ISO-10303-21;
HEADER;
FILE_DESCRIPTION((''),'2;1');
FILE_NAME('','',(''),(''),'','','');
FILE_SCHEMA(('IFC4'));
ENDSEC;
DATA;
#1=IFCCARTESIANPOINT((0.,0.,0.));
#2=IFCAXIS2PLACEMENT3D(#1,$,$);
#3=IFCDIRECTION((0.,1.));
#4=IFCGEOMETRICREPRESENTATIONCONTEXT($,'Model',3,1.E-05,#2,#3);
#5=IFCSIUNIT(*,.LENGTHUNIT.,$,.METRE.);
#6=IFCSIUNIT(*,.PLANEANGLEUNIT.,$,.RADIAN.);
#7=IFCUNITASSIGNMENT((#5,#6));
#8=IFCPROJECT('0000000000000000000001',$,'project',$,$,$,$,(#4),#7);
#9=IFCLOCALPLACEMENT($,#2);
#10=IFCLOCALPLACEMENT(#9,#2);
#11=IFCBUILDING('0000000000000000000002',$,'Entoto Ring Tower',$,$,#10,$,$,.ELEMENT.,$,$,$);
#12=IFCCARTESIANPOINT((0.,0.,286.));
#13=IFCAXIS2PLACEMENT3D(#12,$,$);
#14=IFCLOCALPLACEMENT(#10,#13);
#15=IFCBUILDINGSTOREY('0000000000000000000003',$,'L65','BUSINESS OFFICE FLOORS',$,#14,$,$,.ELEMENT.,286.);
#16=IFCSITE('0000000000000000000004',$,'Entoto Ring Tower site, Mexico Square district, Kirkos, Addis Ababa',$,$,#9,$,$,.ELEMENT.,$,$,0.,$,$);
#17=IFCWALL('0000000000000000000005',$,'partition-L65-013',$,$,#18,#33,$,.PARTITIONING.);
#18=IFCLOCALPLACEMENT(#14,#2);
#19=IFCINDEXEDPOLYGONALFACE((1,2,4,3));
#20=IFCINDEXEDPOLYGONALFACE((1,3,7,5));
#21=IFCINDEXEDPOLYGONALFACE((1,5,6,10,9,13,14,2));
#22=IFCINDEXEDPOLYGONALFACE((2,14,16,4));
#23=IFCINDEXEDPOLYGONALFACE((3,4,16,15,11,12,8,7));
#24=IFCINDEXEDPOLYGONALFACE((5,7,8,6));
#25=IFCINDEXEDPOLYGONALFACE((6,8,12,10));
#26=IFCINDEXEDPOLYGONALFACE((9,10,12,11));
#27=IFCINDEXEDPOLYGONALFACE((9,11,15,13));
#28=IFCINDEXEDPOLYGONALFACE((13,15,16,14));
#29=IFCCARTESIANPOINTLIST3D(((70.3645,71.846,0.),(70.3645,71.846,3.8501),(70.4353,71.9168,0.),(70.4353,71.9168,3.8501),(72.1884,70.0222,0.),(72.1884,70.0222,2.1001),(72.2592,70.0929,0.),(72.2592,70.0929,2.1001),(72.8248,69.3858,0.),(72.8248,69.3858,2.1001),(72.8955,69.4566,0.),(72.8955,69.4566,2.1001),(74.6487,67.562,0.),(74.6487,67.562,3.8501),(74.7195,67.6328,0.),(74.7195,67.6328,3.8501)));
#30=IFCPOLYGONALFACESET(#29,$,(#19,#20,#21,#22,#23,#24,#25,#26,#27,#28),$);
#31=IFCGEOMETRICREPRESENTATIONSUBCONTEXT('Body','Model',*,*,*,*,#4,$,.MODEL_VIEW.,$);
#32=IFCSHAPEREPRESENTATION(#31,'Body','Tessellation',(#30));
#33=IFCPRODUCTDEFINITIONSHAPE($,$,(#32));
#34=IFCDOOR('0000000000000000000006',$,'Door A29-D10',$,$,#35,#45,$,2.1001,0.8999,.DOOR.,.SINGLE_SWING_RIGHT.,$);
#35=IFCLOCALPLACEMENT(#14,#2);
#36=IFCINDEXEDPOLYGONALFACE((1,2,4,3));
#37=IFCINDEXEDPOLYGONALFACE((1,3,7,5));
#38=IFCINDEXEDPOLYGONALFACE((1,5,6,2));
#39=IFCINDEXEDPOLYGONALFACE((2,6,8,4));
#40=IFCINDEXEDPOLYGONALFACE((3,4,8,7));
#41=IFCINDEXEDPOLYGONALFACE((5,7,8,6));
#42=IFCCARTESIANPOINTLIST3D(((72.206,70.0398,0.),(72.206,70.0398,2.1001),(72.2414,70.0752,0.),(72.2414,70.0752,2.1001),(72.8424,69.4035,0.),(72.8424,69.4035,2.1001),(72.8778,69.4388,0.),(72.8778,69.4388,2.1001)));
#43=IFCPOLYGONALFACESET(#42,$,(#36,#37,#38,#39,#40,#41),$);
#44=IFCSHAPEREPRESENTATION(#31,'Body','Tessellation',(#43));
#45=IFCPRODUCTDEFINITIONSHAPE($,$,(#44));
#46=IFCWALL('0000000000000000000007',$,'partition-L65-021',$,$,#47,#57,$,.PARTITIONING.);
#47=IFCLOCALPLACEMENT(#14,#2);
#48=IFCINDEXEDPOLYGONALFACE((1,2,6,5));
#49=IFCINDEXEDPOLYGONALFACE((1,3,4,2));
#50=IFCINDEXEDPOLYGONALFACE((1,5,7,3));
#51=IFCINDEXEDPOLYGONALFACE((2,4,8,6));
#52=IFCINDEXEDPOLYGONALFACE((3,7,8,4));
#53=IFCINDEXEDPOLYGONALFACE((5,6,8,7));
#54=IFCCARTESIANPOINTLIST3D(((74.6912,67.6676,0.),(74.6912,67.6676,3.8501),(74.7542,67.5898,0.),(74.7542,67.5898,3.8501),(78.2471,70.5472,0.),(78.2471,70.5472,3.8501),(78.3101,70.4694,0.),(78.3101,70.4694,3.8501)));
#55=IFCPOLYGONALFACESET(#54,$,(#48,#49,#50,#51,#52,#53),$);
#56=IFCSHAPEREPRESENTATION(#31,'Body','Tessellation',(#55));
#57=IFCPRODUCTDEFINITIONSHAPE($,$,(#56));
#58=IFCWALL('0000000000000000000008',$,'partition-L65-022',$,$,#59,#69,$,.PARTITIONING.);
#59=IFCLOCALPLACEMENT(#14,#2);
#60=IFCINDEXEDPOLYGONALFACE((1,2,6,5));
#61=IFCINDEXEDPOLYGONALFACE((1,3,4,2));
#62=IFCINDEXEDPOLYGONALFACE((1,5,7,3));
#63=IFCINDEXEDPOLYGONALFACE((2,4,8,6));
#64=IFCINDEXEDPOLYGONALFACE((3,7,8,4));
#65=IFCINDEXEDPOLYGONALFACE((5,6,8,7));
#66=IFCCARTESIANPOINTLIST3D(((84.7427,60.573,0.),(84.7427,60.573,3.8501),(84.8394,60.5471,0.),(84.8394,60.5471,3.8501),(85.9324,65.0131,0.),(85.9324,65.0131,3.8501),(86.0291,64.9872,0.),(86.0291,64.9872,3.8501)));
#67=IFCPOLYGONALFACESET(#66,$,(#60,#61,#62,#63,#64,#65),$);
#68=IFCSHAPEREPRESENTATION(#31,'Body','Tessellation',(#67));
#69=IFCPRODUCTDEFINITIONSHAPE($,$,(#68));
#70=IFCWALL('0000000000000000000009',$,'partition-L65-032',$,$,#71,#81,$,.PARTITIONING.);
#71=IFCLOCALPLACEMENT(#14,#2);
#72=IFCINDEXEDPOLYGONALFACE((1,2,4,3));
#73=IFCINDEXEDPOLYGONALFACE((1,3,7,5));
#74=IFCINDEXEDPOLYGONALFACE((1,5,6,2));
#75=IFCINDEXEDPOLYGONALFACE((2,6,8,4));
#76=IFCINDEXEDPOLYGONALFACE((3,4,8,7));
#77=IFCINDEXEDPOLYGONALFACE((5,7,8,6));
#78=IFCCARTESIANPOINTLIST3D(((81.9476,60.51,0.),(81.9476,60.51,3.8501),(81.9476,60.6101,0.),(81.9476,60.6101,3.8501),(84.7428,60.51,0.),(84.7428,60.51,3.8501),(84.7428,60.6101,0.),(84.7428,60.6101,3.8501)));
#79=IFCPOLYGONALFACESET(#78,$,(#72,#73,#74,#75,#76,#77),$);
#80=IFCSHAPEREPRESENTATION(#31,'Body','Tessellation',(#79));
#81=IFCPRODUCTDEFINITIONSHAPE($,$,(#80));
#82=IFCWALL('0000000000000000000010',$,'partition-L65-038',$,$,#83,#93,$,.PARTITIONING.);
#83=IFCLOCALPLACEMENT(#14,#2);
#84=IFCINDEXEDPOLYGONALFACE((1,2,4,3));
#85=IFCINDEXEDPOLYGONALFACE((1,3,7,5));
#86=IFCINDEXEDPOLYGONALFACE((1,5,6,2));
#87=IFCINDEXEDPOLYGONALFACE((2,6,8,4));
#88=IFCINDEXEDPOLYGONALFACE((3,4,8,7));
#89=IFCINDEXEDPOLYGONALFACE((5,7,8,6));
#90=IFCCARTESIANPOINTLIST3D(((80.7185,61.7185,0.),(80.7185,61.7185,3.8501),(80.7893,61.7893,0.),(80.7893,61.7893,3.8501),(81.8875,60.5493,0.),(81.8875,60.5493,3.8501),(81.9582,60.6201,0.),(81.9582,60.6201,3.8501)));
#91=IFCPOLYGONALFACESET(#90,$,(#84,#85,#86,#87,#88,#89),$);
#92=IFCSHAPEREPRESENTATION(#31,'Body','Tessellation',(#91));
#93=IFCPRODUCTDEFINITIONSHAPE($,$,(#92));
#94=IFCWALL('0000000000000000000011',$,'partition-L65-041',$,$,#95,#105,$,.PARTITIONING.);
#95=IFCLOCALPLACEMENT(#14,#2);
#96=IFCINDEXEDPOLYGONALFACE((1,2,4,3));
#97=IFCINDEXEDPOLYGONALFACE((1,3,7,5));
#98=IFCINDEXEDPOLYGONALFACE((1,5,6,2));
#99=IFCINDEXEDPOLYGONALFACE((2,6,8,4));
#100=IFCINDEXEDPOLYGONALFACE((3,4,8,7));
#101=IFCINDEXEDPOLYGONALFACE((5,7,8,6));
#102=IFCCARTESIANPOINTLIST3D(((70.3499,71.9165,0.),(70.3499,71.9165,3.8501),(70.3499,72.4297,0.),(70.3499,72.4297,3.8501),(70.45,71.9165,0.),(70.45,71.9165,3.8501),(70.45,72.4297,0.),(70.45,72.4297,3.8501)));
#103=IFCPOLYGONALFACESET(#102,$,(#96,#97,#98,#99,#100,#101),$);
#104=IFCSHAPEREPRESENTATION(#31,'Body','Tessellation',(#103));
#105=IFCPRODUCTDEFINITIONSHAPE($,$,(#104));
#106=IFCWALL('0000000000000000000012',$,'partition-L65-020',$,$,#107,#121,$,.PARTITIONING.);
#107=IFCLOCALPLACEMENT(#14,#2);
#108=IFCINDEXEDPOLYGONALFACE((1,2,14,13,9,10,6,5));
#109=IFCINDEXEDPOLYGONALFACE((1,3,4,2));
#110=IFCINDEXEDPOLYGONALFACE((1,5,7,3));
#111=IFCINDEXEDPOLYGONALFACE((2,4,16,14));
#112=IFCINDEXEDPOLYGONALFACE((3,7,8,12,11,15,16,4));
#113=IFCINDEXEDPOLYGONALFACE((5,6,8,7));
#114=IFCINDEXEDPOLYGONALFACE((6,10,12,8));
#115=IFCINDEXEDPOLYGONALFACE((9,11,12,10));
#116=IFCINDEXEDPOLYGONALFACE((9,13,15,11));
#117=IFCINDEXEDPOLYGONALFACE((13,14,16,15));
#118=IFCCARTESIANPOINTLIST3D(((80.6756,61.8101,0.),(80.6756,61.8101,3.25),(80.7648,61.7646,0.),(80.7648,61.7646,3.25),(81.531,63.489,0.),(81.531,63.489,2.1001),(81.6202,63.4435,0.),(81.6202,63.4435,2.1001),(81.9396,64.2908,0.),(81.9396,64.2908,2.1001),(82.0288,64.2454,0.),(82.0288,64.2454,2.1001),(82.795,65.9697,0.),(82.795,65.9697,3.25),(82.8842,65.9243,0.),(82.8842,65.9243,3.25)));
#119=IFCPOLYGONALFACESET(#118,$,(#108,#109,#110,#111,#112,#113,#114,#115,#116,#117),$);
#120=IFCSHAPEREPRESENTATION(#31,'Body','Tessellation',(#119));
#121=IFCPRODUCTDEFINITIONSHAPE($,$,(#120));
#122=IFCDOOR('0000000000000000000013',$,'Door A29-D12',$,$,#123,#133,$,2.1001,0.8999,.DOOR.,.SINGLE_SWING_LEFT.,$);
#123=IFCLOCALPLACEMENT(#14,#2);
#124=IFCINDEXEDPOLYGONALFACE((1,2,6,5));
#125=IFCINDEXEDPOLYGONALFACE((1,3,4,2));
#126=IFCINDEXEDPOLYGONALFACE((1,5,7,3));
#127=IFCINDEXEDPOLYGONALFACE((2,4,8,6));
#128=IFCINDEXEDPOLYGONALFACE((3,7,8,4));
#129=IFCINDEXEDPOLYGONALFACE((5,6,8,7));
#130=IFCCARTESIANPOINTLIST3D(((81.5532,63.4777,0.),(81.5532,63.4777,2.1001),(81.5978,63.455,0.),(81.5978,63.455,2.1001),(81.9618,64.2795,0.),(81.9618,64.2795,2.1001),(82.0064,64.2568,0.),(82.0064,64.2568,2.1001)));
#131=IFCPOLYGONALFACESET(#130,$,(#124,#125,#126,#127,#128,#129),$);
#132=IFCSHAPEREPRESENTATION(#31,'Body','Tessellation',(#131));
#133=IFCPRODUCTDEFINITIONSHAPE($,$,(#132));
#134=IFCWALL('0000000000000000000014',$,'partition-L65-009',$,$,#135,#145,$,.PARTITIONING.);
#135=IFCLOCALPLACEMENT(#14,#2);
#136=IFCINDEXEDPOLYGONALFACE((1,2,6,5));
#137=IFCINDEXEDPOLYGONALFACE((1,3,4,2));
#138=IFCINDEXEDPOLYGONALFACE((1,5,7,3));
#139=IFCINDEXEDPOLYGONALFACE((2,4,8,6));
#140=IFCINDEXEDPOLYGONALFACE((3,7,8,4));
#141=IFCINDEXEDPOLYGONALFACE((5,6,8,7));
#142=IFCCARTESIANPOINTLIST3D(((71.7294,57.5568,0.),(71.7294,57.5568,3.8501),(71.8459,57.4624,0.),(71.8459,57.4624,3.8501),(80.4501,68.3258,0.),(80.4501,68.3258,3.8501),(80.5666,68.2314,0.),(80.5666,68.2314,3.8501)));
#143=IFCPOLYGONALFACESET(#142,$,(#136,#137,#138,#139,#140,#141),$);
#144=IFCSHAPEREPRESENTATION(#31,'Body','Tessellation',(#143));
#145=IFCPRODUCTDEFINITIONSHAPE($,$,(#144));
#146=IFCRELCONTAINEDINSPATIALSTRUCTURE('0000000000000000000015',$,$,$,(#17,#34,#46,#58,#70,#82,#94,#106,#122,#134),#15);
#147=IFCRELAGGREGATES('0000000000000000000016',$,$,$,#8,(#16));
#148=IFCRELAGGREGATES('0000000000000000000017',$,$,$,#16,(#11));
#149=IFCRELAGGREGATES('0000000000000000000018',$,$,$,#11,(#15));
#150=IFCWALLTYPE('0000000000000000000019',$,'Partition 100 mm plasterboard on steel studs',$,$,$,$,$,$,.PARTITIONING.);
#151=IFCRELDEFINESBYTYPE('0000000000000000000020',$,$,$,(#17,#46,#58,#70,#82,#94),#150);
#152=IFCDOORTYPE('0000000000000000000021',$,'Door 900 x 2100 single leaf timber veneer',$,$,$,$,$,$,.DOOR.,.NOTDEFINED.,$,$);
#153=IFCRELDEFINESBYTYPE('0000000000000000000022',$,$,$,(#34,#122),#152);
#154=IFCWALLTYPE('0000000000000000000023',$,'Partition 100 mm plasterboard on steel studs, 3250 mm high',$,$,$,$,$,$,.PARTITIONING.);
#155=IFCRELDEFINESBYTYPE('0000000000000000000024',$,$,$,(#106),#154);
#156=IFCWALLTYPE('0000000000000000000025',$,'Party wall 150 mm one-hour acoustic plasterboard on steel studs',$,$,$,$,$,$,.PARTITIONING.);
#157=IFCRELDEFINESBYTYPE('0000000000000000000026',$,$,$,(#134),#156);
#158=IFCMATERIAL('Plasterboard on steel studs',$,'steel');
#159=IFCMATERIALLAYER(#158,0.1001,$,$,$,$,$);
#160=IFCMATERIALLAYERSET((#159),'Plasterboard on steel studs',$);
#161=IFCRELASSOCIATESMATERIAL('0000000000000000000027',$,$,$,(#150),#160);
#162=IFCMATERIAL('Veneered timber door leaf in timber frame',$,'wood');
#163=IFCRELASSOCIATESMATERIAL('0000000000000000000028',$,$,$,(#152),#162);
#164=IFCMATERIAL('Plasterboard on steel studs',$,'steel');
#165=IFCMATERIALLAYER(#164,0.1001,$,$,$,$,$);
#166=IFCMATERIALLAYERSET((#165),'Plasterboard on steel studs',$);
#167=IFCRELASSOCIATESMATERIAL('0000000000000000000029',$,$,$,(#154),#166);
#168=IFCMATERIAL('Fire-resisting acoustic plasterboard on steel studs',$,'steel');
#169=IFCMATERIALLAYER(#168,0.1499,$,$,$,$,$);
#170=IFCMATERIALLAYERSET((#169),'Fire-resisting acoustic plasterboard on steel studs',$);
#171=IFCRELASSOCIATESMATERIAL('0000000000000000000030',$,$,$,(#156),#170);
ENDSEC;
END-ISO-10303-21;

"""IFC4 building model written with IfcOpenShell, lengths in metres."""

from ifc_helpers import new_model, si_unit, direction, frame, frame_2d, origin, place, context, subcontext, project, spatial, rectangle, extrude, material, layer, layer_set, type_object, element, fill, save


model = new_model("IFC4")

# Units and contexts
model_context = context("Model", 3, precision=1e-05, world=origin(), true_north=direction((0.0, 1.0)))
body_context = subcontext(model_context, "Body", "Model", "MODEL_VIEW")
ifc_project = project(units=[si_unit("LENGTHUNIT", "METRE"), si_unit("PLANEANGLEUNIT", "RADIAN")], contexts=[model_context])

# Site, building, storey
site_placement = place(None, origin())
site = spatial("IfcSite", under=ifc_project, at=site_placement, Name="Entoto Ring Tower site, Mexico Square district, Kirkos, Addis Ababa", CompositionType="ELEMENT", RefElevation=0.0)
building_placement = place(site_placement, origin())
building = spatial("IfcBuilding", under=site, at=building_placement, Name="Entoto Ring Tower", CompositionType="ELEMENT")
storey_placement = place(building_placement, frame((0.0, 0.0, 286.0)))
storey = spatial("IfcBuildingStorey", under=building, at=storey_placement, Name="L65", Description="BUSINESS OFFICE FLOORS", CompositionType="ELEMENT", Elevation=286.0)

# Wall, opening, door
ifc_material_1 = material(Name="Plasterboard on steel studs", Category="steel")
ifc_layer_1 = layer(ifc_material_1, 0.1001)
ifc_layer_set_1 = layer_set([ifc_layer_1], Name="Plasterboard on steel studs")
wall_type_1 = type_object("IfcWallType", Name="Partition 100 mm plasterboard on steel studs", PredefinedType="PARTITIONING", material=ifc_layer_set_1)
wall_1_placement = place(storey_placement, frame((74.6841, 67.5974, 0.0), z_axis=(0.0, 0.0, 1.0), x_axis=(-0.707127, 0.707087, 0.0)))
wall_1 = element("IfcWall", 1, at=wall_1_placement, inside=storey, type_object=wall_type_1, Name="partition-L65-013", PredefinedType="PARTITIONING", context=body_context, shape_type="SweptSolid", body=[
    extrude(rectangle(XDim=6.0586, YDim=0.1001, at=frame_2d((3.0293, 0.0))), origin(), (0.0, 0.0, 1.0), 3.8501),
])
opening_1_placement = place(wall_1_placement, frame((2.5793, 0.0, 0.0)))
opening_1 = element("IfcOpeningElement", 2, at=opening_1_placement, cuts=wall_1, PredefinedType="OPENING", context=body_context, shape_type="SweptSolid", body=[
    extrude(rectangle(XDim=0.8999, YDim=2.1001, at=frame_2d((0.45, 1.05))), frame((0.0, 0.0601, 0.0), z_axis=(0.0, -1.0, 0.0), x_axis=(1.0, 0.0, 0.0)), (0.0, 0.0, 1.0), 0.1201),
])
ifc_material_2 = material(Name="Veneered timber door leaf in timber frame", Category="wood")
door_type_1 = type_object("IfcDoorType", Name="Door 900 x 2100 single leaf timber veneer", OperationType="NOTDEFINED", PredefinedType="DOOR", material=ifc_material_2)
door_1_placement = place(opening_1_placement, frame((0.8999, 0.0, 0.0), z_axis=(0.0, 0.0, 1.0), x_axis=(-1.0, 0.0, 0.0)))
door_1 = element("IfcDoor", 3, at=door_1_placement, inside=storey, type_object=door_type_1, Name="Door A29-D10", OperationType="SINGLE_SWING_RIGHT", OverallHeight=2.1001, OverallWidth=0.8999, PredefinedType="DOOR", context=body_context, shape_type="SweptSolid", body=[
    extrude(rectangle(XDim=0.8999, YDim=2.1001, at=frame_2d((0.45, 1.05))), frame((0.0, 0.0249, 0.0), z_axis=(0.0, -1.0, 0.0), x_axis=(1.0, 0.0, 0.0)), (0.0, 0.0, 1.0), 0.05),
])
fill(opening_1, door_1)

# Walls
wall_2_placement = place(storey_placement, frame((74.7227, 67.6287, 0.0), z_axis=(0.0, 0.0, 1.0), x_axis=(0.777133, 0.629336, 0.0)))
element("IfcWall", 4, at=wall_2_placement, inside=storey, type_object=wall_type_1, Name="partition-L65-021", PredefinedType="PARTITIONING", context=body_context, shape_type="SweptSolid", body=[
    extrude(rectangle(XDim=4.5757, YDim=0.1001, at=frame_2d((2.2878, 0.0))), origin(), (0.0, 0.0, 1.0), 3.8501),
])
wall_3_placement = place(storey_placement, frame((84.791, 60.5601, 0.0), z_axis=(0.0, 0.0, 1.0), x_axis=(0.258823, 0.965925, 0.0)))
element("IfcWall", 5, at=wall_3_placement, inside=storey, type_object=wall_type_1, Name="partition-L65-022", PredefinedType="PARTITIONING", context=body_context, shape_type="SweptSolid", body=[
    extrude(rectangle(XDim=4.5967, YDim=0.1001, at=frame_2d((2.2983, 0.0))), origin(), (0.0, 0.0, 1.0), 3.8501),
])
wall_4_placement = place(storey_placement, frame((81.9478, 60.5601, 0.0), z_axis=(0.0, 0.0, 1.0), x_axis=(1.0, 0.0, 0.0)))
element("IfcWall", 6, at=wall_4_placement, inside=storey, type_object=wall_type_1, Name="partition-L65-032", PredefinedType="PARTITIONING", context=body_context, shape_type="SweptSolid", body=[
    extrude(rectangle(XDim=2.7952, YDim=0.1001, at=frame_2d((1.3975, 0.0))), origin(), (0.0, 0.0, 1.0), 3.8501),
])
wall_5_placement = place(storey_placement, frame((81.9229, 60.5847, 0.0), z_axis=(0.0, 0.0, 1.0), x_axis=(-0.707033, 0.707181, 0.0)))
element("IfcWall", 7, at=wall_5_placement, inside=storey, type_object=wall_type_1, Name="partition-L65-038", PredefinedType="PARTITIONING", context=body_context, shape_type="SweptSolid", body=[
    extrude(rectangle(XDim=1.6533, YDim=0.1001, at=frame_2d((0.8267, 0.0))), origin(), (0.0, 0.0, 1.0), 3.8501),
])
wall_6_placement = place(storey_placement, frame((70.3999, 71.9165, 0.0), z_axis=(0.0, 0.0, 1.0), x_axis=(0.0, 1.0, 0.0)))
element("IfcWall", 8, at=wall_6_placement, inside=storey, type_object=wall_type_1, Name="partition-L65-041", PredefinedType="PARTITIONING", context=body_context, shape_type="SweptSolid", body=[
    extrude(rectangle(XDim=0.5132, YDim=0.1001, at=frame_2d((0.2566, 0.0))), origin(), (0.0, 0.0, 1.0), 3.8501),
])

# Wall, opening, door
ifc_material_3 = material(Name="Plasterboard on steel studs", Category="steel")
ifc_layer_2 = layer(ifc_material_3, 0.1001)
ifc_layer_set_2 = layer_set([ifc_layer_2], Name="Plasterboard on steel studs")
wall_type_2 = type_object("IfcWallType", Name="Partition 100 mm plasterboard on steel studs, 3250 mm high", PredefinedType="PARTITIONING", material=ifc_layer_set_2)
wall_7_placement = place(storey_placement, frame((80.7202, 61.7874, 0.0), z_axis=(0.0, 0.0, 1.0), x_axis=(0.453978, 0.891013, 0.0)))
wall_7 = element("IfcWall", 9, at=wall_7_placement, inside=storey, type_object=wall_type_2, Name="partition-L65-020", PredefinedType="PARTITIONING", context=body_context, shape_type="SweptSolid", body=[
    extrude(rectangle(XDim=4.6685, YDim=0.1001, at=frame_2d((2.3342, 0.0))), origin(), (0.0, 0.0, 1.0), 3.25),
])
opening_2_placement = place(wall_7_placement, frame((1.8843, 0.0, 0.0)))
opening_2 = element("IfcOpeningElement", 10, at=opening_2_placement, cuts=wall_7, PredefinedType="OPENING", context=body_context, shape_type="SweptSolid", body=[
    extrude(rectangle(XDim=0.8999, YDim=2.1001, at=frame_2d((0.45, 1.05))), frame((0.0, 0.0601, 0.0), z_axis=(0.0, -1.0, 0.0), x_axis=(1.0, 0.0, 0.0)), (0.0, 0.0, 1.0), 0.1201),
])
door_2_placement = place(opening_2_placement, frame((0.8999, 0.0, 0.0), z_axis=(0.0, 0.0, 1.0), x_axis=(-1.0, 0.0, 0.0)))
door_2 = element("IfcDoor", 11, at=door_2_placement, inside=storey, type_object=door_type_1, Name="Door A29-D12", OperationType="SINGLE_SWING_LEFT", OverallHeight=2.1001, OverallWidth=0.8999, PredefinedType="DOOR", context=body_context, shape_type="SweptSolid", body=[
    extrude(rectangle(XDim=0.8999, YDim=2.1001, at=frame_2d((0.45, 1.05))), frame((0.0, 0.0249, 0.0), z_axis=(0.0, -1.0, 0.0), x_axis=(1.0, 0.0, 0.0)), (0.0, 0.0, 1.0), 0.05),
])
fill(opening_2, door_2)

# Wall
ifc_material_4 = material(Name="Fire-resisting acoustic plasterboard on steel studs", Category="steel")
ifc_layer_3 = layer(ifc_material_4, 0.1499)
ifc_layer_set_3 = layer_set([ifc_layer_3], Name="Fire-resisting acoustic plasterboard on steel studs")
wall_type_3 = type_object("IfcWallType", Name="Party wall 150 mm one-hour acoustic plasterboard on steel studs", PredefinedType="PARTITIONING", material=ifc_layer_set_3)
wall_8_placement = place(storey_placement, frame((71.7876, 57.5095, 0.0), z_axis=(0.0, 0.0, 1.0), x_axis=(0.629325, 0.777142, 0.0)))
element("IfcWall", 12, at=wall_8_placement, inside=storey, type_object=wall_type_3, Name="partition-L65-009", PredefinedType="PARTITIONING", context=body_context, shape_type="SweptSolid", body=[
    extrude(rectangle(XDim=13.8572, YDim=0.1499, at=frame_2d((6.9287, 0.0))), origin(), (0.0, 0.0, 1.0), 3.8501),
])

save(model, "model.ifc")
